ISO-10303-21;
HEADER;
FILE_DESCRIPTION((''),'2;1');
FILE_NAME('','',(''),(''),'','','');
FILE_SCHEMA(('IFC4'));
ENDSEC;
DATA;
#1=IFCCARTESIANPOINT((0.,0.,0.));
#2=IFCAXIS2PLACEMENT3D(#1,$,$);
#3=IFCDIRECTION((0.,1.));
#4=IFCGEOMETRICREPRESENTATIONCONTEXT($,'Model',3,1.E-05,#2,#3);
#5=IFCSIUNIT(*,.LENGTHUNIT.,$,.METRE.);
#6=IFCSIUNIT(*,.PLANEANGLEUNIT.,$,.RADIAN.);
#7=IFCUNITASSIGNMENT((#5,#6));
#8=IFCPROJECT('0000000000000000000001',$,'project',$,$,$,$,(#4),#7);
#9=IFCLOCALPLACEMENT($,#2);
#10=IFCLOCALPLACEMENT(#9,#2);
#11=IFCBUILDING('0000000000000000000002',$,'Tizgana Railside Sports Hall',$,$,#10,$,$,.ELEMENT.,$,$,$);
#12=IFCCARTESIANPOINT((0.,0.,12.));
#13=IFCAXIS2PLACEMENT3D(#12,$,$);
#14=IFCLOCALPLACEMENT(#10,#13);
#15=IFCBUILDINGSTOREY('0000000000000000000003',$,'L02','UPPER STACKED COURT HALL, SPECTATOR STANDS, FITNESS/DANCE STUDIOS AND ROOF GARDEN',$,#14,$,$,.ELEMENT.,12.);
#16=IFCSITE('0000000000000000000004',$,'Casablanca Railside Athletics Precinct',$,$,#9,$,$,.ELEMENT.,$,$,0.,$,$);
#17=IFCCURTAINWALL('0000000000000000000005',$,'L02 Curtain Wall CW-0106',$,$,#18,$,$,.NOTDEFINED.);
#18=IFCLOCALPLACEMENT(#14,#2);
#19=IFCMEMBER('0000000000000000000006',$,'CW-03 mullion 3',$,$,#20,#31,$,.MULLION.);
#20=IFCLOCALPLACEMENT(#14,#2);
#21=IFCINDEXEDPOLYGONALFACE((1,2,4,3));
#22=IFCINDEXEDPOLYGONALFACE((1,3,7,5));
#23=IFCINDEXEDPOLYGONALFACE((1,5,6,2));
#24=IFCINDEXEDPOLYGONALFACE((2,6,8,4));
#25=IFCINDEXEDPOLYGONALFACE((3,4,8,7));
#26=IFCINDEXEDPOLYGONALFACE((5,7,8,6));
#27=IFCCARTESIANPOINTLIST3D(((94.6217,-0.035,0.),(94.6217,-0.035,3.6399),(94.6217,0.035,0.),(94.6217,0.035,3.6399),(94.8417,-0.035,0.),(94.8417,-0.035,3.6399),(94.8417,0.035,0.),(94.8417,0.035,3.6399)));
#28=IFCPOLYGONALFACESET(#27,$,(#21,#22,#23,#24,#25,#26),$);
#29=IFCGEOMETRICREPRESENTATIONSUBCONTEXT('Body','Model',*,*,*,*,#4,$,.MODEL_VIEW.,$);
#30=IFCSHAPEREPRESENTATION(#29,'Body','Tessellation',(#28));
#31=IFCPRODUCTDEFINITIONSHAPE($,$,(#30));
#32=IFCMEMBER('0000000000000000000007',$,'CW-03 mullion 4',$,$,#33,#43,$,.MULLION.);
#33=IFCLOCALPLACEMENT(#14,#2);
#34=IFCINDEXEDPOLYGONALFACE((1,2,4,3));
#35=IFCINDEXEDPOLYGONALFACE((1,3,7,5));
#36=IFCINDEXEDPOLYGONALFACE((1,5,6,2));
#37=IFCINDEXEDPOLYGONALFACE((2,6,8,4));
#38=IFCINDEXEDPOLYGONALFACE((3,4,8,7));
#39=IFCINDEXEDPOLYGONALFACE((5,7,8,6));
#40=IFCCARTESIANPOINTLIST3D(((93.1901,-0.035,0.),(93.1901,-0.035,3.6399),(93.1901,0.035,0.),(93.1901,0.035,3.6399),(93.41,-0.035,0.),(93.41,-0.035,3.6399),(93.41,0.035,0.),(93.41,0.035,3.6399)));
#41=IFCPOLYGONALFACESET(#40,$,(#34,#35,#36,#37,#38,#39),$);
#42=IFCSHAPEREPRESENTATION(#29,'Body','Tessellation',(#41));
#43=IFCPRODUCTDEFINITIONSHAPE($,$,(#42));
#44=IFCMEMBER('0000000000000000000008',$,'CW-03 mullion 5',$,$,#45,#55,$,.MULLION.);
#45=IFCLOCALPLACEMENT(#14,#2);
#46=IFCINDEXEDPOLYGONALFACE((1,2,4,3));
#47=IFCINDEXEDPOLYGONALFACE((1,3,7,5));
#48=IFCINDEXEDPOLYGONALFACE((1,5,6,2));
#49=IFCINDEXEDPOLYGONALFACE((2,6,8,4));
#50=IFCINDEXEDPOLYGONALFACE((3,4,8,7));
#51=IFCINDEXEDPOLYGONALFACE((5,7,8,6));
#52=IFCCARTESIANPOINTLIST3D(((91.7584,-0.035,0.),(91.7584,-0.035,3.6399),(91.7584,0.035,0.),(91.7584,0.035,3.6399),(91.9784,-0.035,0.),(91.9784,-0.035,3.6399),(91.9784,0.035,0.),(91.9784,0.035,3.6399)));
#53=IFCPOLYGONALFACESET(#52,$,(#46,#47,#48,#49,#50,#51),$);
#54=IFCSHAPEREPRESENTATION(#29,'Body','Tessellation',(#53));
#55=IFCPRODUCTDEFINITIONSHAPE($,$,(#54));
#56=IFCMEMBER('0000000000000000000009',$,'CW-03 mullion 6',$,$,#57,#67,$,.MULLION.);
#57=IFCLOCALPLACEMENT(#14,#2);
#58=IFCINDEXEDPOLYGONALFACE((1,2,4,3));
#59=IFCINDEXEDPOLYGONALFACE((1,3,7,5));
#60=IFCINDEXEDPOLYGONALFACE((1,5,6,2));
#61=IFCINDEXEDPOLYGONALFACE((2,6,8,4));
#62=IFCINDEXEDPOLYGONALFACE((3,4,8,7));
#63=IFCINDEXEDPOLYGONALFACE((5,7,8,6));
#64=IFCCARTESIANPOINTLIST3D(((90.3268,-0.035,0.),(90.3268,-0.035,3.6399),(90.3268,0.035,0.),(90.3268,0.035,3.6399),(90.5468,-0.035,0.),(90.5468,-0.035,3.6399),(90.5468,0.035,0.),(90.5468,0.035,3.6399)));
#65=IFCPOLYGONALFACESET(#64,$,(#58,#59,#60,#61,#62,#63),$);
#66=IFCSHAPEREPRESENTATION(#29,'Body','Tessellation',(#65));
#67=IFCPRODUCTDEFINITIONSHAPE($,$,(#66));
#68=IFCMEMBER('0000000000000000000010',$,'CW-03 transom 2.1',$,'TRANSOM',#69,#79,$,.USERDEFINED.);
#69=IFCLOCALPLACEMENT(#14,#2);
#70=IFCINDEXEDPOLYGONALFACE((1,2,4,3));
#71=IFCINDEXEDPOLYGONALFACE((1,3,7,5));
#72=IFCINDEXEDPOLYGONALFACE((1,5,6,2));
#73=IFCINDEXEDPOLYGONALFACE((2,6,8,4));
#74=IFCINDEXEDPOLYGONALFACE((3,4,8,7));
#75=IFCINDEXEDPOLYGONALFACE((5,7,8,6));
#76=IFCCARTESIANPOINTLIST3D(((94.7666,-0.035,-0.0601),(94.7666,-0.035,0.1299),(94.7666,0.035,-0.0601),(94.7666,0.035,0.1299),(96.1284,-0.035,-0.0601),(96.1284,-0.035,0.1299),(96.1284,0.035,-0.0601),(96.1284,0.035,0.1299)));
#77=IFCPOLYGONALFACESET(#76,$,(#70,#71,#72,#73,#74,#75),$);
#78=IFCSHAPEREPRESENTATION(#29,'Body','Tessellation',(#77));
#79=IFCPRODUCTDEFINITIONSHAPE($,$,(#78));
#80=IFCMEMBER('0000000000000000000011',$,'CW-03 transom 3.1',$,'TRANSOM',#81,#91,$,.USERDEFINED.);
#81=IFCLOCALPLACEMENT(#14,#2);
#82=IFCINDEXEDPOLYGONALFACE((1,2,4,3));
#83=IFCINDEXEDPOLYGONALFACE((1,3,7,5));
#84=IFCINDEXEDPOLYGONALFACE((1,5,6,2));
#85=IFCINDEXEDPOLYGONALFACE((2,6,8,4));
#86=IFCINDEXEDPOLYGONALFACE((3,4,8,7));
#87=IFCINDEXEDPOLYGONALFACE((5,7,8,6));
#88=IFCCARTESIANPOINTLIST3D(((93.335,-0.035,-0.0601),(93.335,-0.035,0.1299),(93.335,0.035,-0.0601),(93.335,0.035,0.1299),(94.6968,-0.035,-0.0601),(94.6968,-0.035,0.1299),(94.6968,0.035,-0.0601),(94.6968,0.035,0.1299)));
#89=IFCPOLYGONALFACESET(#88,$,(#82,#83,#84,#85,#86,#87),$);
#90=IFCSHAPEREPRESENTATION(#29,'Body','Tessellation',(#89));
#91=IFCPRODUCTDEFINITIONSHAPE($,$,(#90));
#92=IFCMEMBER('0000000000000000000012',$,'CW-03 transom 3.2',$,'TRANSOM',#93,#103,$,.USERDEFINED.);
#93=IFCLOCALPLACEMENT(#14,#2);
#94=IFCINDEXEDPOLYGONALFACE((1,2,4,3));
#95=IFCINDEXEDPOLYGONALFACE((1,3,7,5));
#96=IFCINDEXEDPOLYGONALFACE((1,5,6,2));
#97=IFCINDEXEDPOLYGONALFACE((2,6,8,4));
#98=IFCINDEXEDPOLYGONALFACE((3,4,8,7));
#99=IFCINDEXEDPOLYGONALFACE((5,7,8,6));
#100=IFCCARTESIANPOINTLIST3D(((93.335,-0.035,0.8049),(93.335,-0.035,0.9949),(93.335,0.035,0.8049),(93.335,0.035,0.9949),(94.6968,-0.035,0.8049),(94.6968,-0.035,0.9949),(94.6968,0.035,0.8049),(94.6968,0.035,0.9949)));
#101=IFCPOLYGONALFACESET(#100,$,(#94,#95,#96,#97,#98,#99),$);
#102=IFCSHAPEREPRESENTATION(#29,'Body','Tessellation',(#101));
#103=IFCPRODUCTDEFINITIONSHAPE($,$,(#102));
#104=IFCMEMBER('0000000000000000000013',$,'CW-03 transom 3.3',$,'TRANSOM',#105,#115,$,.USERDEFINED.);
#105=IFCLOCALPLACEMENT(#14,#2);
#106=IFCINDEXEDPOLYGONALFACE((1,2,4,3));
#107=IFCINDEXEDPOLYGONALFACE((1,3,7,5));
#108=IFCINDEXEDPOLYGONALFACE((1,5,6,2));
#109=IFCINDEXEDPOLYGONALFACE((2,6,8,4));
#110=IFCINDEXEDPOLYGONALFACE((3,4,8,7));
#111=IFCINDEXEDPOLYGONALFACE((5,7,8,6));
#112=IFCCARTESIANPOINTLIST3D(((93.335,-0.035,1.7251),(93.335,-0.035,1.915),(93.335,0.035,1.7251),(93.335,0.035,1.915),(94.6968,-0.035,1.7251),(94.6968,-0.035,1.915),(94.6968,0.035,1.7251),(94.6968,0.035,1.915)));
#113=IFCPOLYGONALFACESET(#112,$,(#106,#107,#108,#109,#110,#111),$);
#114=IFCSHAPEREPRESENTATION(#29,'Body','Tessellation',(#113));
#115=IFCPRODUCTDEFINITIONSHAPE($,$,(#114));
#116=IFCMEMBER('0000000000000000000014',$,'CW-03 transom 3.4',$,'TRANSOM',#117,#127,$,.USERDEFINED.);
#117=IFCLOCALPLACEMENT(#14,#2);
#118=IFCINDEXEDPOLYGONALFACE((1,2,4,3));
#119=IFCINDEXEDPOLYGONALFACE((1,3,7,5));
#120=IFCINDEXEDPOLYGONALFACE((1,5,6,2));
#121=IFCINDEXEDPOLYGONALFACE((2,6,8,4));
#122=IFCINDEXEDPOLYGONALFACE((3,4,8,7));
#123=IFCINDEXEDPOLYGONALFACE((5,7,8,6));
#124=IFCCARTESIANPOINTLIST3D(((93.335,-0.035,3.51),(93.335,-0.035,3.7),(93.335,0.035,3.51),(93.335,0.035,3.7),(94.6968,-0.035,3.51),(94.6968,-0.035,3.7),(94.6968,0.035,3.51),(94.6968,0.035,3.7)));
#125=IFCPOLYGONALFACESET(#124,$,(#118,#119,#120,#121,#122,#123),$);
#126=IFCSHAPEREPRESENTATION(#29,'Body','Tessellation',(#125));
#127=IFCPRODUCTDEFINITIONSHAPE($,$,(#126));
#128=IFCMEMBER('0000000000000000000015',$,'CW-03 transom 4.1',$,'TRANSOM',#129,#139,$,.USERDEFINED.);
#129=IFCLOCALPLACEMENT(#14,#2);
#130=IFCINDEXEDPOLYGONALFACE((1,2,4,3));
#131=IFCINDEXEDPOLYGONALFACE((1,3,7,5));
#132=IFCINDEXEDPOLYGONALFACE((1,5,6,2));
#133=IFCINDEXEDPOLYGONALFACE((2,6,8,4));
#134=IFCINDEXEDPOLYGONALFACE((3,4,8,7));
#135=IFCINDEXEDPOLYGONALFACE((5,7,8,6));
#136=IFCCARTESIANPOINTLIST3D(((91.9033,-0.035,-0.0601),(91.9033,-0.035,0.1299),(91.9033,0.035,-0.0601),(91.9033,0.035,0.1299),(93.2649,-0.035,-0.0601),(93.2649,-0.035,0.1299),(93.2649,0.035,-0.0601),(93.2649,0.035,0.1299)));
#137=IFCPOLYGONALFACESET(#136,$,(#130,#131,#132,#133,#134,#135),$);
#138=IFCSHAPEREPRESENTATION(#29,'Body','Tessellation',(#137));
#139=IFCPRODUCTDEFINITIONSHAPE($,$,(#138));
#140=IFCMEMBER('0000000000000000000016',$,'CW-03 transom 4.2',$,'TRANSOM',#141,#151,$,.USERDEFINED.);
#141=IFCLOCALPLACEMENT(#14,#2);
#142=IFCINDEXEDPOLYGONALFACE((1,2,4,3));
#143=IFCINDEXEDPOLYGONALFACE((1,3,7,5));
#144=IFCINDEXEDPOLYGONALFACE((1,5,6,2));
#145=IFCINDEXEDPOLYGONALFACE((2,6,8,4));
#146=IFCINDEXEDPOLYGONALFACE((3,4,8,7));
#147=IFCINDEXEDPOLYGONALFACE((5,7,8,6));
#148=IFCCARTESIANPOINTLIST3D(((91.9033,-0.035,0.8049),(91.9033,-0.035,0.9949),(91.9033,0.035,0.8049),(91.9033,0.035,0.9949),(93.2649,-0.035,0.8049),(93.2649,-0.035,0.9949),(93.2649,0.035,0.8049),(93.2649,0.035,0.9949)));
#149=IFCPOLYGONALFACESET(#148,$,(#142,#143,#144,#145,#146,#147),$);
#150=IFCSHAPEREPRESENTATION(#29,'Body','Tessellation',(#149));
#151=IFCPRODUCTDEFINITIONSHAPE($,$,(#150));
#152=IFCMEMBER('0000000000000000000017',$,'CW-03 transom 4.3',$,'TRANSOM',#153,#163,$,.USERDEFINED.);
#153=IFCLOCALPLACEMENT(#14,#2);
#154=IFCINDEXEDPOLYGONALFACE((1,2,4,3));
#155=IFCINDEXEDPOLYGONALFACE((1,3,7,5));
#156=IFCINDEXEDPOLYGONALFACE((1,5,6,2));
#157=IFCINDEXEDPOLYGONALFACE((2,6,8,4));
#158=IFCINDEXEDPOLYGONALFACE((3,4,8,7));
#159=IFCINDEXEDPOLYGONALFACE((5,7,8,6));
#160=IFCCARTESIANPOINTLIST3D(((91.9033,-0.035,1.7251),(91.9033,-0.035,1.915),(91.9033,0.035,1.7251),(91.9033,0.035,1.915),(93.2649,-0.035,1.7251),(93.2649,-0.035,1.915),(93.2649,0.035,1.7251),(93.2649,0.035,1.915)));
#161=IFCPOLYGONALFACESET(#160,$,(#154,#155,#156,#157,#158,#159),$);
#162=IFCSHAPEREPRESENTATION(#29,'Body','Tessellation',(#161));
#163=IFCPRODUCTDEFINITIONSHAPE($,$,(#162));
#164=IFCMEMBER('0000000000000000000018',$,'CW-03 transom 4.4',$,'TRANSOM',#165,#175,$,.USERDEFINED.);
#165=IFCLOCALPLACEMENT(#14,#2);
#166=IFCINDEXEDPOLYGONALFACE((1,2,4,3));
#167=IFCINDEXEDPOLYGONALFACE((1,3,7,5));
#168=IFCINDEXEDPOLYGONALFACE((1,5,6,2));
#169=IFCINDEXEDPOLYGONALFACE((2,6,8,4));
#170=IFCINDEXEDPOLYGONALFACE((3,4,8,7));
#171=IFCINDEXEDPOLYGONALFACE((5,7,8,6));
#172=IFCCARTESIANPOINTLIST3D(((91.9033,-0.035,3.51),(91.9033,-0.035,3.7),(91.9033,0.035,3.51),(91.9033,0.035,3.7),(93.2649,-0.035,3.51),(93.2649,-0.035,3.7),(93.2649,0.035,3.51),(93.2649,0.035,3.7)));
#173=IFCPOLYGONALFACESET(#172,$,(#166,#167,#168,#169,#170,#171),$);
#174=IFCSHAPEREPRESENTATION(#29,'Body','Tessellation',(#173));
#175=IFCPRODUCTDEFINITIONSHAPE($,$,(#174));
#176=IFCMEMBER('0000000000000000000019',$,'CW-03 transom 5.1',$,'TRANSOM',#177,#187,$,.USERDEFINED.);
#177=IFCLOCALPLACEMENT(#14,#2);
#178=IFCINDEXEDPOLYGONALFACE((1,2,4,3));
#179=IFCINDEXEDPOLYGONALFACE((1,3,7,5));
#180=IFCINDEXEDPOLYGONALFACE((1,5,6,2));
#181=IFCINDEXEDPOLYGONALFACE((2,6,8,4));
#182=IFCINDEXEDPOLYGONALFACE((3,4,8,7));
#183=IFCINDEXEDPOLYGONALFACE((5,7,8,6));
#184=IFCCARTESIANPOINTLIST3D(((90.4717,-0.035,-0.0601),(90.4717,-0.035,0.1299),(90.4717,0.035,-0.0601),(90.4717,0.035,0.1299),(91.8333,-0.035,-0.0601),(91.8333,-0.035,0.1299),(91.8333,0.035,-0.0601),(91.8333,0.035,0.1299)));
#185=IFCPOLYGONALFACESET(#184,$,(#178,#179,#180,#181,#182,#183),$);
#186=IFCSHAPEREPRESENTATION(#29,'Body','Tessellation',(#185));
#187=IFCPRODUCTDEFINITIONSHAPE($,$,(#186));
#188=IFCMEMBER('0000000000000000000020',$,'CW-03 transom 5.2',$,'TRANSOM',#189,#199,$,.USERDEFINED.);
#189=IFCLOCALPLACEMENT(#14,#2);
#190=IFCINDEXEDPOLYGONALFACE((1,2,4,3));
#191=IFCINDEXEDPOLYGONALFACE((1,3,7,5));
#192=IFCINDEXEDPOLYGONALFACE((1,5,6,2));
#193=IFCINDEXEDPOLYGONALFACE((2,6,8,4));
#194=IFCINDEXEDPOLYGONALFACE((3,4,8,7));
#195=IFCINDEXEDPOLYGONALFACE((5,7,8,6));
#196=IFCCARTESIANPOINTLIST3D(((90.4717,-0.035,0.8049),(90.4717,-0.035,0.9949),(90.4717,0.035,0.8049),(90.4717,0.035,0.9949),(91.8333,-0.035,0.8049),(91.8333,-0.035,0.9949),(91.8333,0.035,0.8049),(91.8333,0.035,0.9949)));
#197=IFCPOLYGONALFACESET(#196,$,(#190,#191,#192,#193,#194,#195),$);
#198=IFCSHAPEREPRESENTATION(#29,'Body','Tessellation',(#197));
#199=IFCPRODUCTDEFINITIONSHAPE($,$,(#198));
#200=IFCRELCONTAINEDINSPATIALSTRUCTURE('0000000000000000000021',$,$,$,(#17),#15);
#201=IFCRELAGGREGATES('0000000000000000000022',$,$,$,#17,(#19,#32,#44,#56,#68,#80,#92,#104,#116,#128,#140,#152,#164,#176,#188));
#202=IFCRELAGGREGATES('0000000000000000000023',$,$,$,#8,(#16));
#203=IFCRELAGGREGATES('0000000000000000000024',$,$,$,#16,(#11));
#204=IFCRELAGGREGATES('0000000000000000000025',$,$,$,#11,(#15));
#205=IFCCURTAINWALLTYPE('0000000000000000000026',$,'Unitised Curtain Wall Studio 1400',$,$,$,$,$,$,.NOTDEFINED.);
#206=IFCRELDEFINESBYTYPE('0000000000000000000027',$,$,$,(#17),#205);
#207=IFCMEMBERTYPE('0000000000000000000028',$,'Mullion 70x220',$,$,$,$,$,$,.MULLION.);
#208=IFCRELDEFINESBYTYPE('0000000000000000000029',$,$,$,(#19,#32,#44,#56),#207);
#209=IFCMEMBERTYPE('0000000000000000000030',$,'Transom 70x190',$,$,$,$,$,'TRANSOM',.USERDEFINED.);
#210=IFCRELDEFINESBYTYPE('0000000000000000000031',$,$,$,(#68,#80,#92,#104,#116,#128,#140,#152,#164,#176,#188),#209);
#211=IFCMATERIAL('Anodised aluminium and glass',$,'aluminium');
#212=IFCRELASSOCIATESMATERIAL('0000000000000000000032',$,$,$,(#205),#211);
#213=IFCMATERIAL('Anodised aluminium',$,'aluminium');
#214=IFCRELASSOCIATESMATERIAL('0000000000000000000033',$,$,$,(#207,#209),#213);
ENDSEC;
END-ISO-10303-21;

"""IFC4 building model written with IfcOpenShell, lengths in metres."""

from ifc_helpers import new_model, si_unit, direction, frame, origin, origin_2d, place, context, subcontext, project, spatial, rectangle, extrude, material, material_profile, profile_set, type_object, element, aggregate, save


model = new_model("IFC4")

# Units and contexts
model_context = context("Model", 3, precision=1e-05, world=origin(), true_north=direction((0.0, 1.0)))
body_context = subcontext(model_context, "Body", "Model", "MODEL_VIEW")
ifc_project = project(units=[si_unit("LENGTHUNIT", "METRE"), si_unit("PLANEANGLEUNIT", "RADIAN")], contexts=[model_context])

# Site, building, storey
site_placement = place(None, origin())
site = spatial("IfcSite", under=ifc_project, at=site_placement, Name="Casablanca Railside Athletics Precinct", CompositionType="ELEMENT", RefElevation=0.0)
building_placement = place(site_placement, origin())
building = spatial("IfcBuilding", under=site, at=building_placement, Name="Tizgana Railside Sports Hall", CompositionType="ELEMENT")
storey_placement = place(building_placement, frame((0.0, 0.0, 12.0)))
storey = spatial("IfcBuildingStorey", under=building, at=storey_placement, Name="L02", Description="UPPER STACKED COURT HALL, SPECTATOR STANDS, FITNESS/DANCE STUDIOS AND ROOF GARDEN", CompositionType="ELEMENT", Elevation=12.0)

# Curtain wall, members
ifc_material_1 = material(Name="Anodised aluminium and glass", Category="aluminium")
curtain_wall_type = type_object("IfcCurtainWallType", Name="Unitised Curtain Wall Studio 1400", PredefinedType="NOTDEFINED", material=ifc_material_1)
curtain_wall_placement = place(storey_placement, origin())
curtain_wall = element("IfcCurtainWall", 1, at=curtain_wall_placement, inside=storey, type_object=curtain_wall_type, Name="L02 Curtain Wall CW-0106", PredefinedType="NOTDEFINED")
ifc_material_2 = material(Name="Anodised aluminium", Category="aluminium")
ifc_material_profile_1 = material_profile(ifc_material_2, rectangle(XDim=0.0701, YDim=0.22, at=origin_2d()), Name="Mullion 70x220")
ifc_profile_set_1 = profile_set([ifc_material_profile_1], Name="Anodised aluminium")
member_type_1 = type_object("IfcMemberType", Name="Mullion 70x220", PredefinedType="MULLION", material=ifc_profile_set_1)
member_1_placement = place(storey_placement, frame((94.7317, 0.0, 0.0), z_axis=(0.0, 0.0, 1.0), x_axis=(0.0, -1.0, 0.0)))
member_1 = element("IfcMember", 2, at=member_1_placement, type_object=member_type_1, Name="CW-03 mullion 3", PredefinedType="MULLION", context=body_context, shape_type="SweptSolid", body=[
    extrude(rectangle(XDim=0.0701, YDim=0.22, at=origin_2d()), origin(), (0.0, 0.0, 1.0), 3.6399),
])
member_2_placement = place(storey_placement, frame((93.3, 0.0, 0.0), z_axis=(0.0, 0.0, 1.0), x_axis=(0.0, -1.0, 0.0)))
member_2 = element("IfcMember", 3, at=member_2_placement, type_object=member_type_1, Name="CW-03 mullion 4", PredefinedType="MULLION", context=body_context, shape_type="SweptSolid", body=[
    extrude(rectangle(XDim=0.0701, YDim=0.22, at=origin_2d()), origin(), (0.0, 0.0, 1.0), 3.6399),
])
member_3_placement = place(storey_placement, frame((91.8684, 0.0, 0.0), z_axis=(0.0, 0.0, 1.0), x_axis=(0.0, -1.0, 0.0)))
member_3 = element("IfcMember", 4, at=member_3_placement, type_object=member_type_1, Name="CW-03 mullion 5", PredefinedType="MULLION", context=body_context, shape_type="SweptSolid", body=[
    extrude(rectangle(XDim=0.0701, YDim=0.22, at=origin_2d()), origin(), (0.0, 0.0, 1.0), 3.6399),
])
member_4_placement = place(storey_placement, frame((90.4368, 0.0, 0.0), z_axis=(0.0, 0.0, 1.0), x_axis=(0.0, -1.0, 0.0)))
member_4 = element("IfcMember", 5, at=member_4_placement, type_object=member_type_1, Name="CW-03 mullion 6", PredefinedType="MULLION", context=body_context, shape_type="SweptSolid", body=[
    extrude(rectangle(XDim=0.0701, YDim=0.22, at=origin_2d()), origin(), (0.0, 0.0, 1.0), 3.6399),
])
ifc_material_profile_2 = material_profile(ifc_material_2, rectangle(XDim=0.0701, YDim=0.1899, at=origin_2d()), Name="Transom 70x190")
ifc_profile_set_2 = profile_set([ifc_material_profile_2], Name="Anodised aluminium")
member_type_2 = type_object("IfcMemberType", Name="Transom 70x190", ElementType="TRANSOM", PredefinedType="USERDEFINED", material=ifc_profile_set_2)
member_5_placement = place(storey_placement, frame((96.1284, 0.0, 0.0349), z_axis=(-1.0, 0.0, 0.0), x_axis=(0.0, -1.0, 0.0)))
member_5 = element("IfcMember", 6, at=member_5_placement, type_object=member_type_2, Name="CW-03 transom 2.1", ObjectType="TRANSOM", PredefinedType="USERDEFINED", context=body_context, shape_type="SweptSolid", body=[
    extrude(rectangle(XDim=0.0701, YDim=0.1899, at=origin_2d()), origin(), (0.0, 0.0, 1.0), 1.3618),
])
member_6_placement = place(storey_placement, frame((94.6968, 0.0, 0.0349), z_axis=(-1.0, 0.0, 0.0), x_axis=(0.0, -1.0, 0.0)))
member_6 = element("IfcMember", 7, at=member_6_placement, type_object=member_type_2, Name="CW-03 transom 3.1", ObjectType="TRANSOM", PredefinedType="USERDEFINED", context=body_context, shape_type="SweptSolid", body=[
    extrude(rectangle(XDim=0.0701, YDim=0.1899, at=origin_2d()), origin(), (0.0, 0.0, 1.0), 1.3618),
])
member_7_placement = place(storey_placement, frame((94.6968, 0.0, 0.8999), z_axis=(-1.0, 0.0, 0.0), x_axis=(0.0, -1.0, 0.0)))
member_7 = element("IfcMember", 8, at=member_7_placement, type_object=member_type_2, Name="CW-03 transom 3.2", ObjectType="TRANSOM", PredefinedType="USERDEFINED", context=body_context, shape_type="SweptSolid", body=[
    extrude(rectangle(XDim=0.0701, YDim=0.1899, at=origin_2d()), origin(), (0.0, 0.0, 1.0), 1.3618),
])
member_8_placement = place(storey_placement, frame((94.6968, 0.0, 1.8201), z_axis=(-1.0, 0.0, 0.0), x_axis=(0.0, -1.0, 0.0)))
member_8 = element("IfcMember", 9, at=member_8_placement, type_object=member_type_2, Name="CW-03 transom 3.3", ObjectType="TRANSOM", PredefinedType="USERDEFINED", context=body_context, shape_type="SweptSolid", body=[
    extrude(rectangle(XDim=0.0701, YDim=0.1899, at=origin_2d()), origin(), (0.0, 0.0, 1.0), 1.3618),
])
member_9_placement = place(storey_placement, frame((94.6968, 0.0, 3.605), z_axis=(-1.0, 0.0, 0.0), x_axis=(0.0, -1.0, 0.0)))
member_9 = element("IfcMember", 10, at=member_9_placement, type_object=member_type_2, Name="CW-03 transom 3.4", ObjectType="TRANSOM", PredefinedType="USERDEFINED", context=body_context, shape_type="SweptSolid", body=[
    extrude(rectangle(XDim=0.0701, YDim=0.1899, at=origin_2d()), origin(), (0.0, 0.0, 1.0), 1.3618),
])
member_10_placement = place(storey_placement, frame((93.2649, 0.0, 0.0349), z_axis=(-1.0, 0.0, 0.0), x_axis=(0.0, -1.0, 0.0)))
member_10 = element("IfcMember", 11, at=member_10_placement, type_object=member_type_2, Name="CW-03 transom 4.1", ObjectType="TRANSOM", PredefinedType="USERDEFINED", context=body_context, shape_type="SweptSolid", body=[
    extrude(rectangle(XDim=0.0701, YDim=0.1899, at=origin_2d()), origin(), (0.0, 0.0, 1.0), 1.3616),
])
member_11_placement = place(storey_placement, frame((93.2649, 0.0, 0.8999), z_axis=(-1.0, 0.0, 0.0), x_axis=(0.0, -1.0, 0.0)))
member_11 = element("IfcMember", 12, at=member_11_placement, type_object=member_type_2, Name="CW-03 transom 4.2", ObjectType="TRANSOM", PredefinedType="USERDEFINED", context=body_context, shape_type="SweptSolid", body=[
    extrude(rectangle(XDim=0.0701, YDim=0.1899, at=origin_2d()), origin(), (0.0, 0.0, 1.0), 1.3616),
])
member_12_placement = place(storey_placement, frame((93.2649, 0.0, 1.8201), z_axis=(-1.0, 0.0, 0.0), x_axis=(0.0, -1.0, 0.0)))
member_12 = element("IfcMember", 13, at=member_12_placement, type_object=member_type_2, Name="CW-03 transom 4.3", ObjectType="TRANSOM", PredefinedType="USERDEFINED", context=body_context, shape_type="SweptSolid", body=[
    extrude(rectangle(XDim=0.0701, YDim=0.1899, at=origin_2d()), origin(), (0.0, 0.0, 1.0), 1.3616),
])
member_13_placement = place(storey_placement, frame((93.2649, 0.0, 3.605), z_axis=(-1.0, 0.0, 0.0), x_axis=(0.0, -1.0, 0.0)))
member_13 = element("IfcMember", 14, at=member_13_placement, type_object=member_type_2, Name="CW-03 transom 4.4", ObjectType="TRANSOM", PredefinedType="USERDEFINED", context=body_context, shape_type="SweptSolid", body=[
    extrude(rectangle(XDim=0.0701, YDim=0.1899, at=origin_2d()), origin(), (0.0, 0.0, 1.0), 1.3616),
])
member_14_placement = place(storey_placement, frame((91.8333, 0.0, 0.0349), z_axis=(-1.0, 0.0, 0.0), x_axis=(0.0, -1.0, 0.0)))
member_14 = element("IfcMember", 15, at=member_14_placement, type_object=member_type_2, Name="CW-03 transom 5.1", ObjectType="TRANSOM", PredefinedType="USERDEFINED", context=body_context, shape_type="SweptSolid", body=[
    extrude(rectangle(XDim=0.0701, YDim=0.1899, at=origin_2d()), origin(), (0.0, 0.0, 1.0), 1.3616),
])
member_15_placement = place(storey_placement, frame((91.8333, 0.0, 0.8999), z_axis=(-1.0, 0.0, 0.0), x_axis=(0.0, -1.0, 0.0)))
member_15 = element("IfcMember", 16, at=member_15_placement, type_object=member_type_2, Name="CW-03 transom 5.2", ObjectType="TRANSOM", PredefinedType="USERDEFINED", context=body_context, shape_type="SweptSolid", body=[
    extrude(rectangle(XDim=0.0701, YDim=0.1899, at=origin_2d()), origin(), (0.0, 0.0, 1.0), 1.3616),
])
aggregate(curtain_wall, [member_1, member_2, member_3, member_4, member_5, member_6, member_7, member_8, member_9, member_10, member_11, member_12, member_13, member_14, member_15])

save(model, "model.ifc")
